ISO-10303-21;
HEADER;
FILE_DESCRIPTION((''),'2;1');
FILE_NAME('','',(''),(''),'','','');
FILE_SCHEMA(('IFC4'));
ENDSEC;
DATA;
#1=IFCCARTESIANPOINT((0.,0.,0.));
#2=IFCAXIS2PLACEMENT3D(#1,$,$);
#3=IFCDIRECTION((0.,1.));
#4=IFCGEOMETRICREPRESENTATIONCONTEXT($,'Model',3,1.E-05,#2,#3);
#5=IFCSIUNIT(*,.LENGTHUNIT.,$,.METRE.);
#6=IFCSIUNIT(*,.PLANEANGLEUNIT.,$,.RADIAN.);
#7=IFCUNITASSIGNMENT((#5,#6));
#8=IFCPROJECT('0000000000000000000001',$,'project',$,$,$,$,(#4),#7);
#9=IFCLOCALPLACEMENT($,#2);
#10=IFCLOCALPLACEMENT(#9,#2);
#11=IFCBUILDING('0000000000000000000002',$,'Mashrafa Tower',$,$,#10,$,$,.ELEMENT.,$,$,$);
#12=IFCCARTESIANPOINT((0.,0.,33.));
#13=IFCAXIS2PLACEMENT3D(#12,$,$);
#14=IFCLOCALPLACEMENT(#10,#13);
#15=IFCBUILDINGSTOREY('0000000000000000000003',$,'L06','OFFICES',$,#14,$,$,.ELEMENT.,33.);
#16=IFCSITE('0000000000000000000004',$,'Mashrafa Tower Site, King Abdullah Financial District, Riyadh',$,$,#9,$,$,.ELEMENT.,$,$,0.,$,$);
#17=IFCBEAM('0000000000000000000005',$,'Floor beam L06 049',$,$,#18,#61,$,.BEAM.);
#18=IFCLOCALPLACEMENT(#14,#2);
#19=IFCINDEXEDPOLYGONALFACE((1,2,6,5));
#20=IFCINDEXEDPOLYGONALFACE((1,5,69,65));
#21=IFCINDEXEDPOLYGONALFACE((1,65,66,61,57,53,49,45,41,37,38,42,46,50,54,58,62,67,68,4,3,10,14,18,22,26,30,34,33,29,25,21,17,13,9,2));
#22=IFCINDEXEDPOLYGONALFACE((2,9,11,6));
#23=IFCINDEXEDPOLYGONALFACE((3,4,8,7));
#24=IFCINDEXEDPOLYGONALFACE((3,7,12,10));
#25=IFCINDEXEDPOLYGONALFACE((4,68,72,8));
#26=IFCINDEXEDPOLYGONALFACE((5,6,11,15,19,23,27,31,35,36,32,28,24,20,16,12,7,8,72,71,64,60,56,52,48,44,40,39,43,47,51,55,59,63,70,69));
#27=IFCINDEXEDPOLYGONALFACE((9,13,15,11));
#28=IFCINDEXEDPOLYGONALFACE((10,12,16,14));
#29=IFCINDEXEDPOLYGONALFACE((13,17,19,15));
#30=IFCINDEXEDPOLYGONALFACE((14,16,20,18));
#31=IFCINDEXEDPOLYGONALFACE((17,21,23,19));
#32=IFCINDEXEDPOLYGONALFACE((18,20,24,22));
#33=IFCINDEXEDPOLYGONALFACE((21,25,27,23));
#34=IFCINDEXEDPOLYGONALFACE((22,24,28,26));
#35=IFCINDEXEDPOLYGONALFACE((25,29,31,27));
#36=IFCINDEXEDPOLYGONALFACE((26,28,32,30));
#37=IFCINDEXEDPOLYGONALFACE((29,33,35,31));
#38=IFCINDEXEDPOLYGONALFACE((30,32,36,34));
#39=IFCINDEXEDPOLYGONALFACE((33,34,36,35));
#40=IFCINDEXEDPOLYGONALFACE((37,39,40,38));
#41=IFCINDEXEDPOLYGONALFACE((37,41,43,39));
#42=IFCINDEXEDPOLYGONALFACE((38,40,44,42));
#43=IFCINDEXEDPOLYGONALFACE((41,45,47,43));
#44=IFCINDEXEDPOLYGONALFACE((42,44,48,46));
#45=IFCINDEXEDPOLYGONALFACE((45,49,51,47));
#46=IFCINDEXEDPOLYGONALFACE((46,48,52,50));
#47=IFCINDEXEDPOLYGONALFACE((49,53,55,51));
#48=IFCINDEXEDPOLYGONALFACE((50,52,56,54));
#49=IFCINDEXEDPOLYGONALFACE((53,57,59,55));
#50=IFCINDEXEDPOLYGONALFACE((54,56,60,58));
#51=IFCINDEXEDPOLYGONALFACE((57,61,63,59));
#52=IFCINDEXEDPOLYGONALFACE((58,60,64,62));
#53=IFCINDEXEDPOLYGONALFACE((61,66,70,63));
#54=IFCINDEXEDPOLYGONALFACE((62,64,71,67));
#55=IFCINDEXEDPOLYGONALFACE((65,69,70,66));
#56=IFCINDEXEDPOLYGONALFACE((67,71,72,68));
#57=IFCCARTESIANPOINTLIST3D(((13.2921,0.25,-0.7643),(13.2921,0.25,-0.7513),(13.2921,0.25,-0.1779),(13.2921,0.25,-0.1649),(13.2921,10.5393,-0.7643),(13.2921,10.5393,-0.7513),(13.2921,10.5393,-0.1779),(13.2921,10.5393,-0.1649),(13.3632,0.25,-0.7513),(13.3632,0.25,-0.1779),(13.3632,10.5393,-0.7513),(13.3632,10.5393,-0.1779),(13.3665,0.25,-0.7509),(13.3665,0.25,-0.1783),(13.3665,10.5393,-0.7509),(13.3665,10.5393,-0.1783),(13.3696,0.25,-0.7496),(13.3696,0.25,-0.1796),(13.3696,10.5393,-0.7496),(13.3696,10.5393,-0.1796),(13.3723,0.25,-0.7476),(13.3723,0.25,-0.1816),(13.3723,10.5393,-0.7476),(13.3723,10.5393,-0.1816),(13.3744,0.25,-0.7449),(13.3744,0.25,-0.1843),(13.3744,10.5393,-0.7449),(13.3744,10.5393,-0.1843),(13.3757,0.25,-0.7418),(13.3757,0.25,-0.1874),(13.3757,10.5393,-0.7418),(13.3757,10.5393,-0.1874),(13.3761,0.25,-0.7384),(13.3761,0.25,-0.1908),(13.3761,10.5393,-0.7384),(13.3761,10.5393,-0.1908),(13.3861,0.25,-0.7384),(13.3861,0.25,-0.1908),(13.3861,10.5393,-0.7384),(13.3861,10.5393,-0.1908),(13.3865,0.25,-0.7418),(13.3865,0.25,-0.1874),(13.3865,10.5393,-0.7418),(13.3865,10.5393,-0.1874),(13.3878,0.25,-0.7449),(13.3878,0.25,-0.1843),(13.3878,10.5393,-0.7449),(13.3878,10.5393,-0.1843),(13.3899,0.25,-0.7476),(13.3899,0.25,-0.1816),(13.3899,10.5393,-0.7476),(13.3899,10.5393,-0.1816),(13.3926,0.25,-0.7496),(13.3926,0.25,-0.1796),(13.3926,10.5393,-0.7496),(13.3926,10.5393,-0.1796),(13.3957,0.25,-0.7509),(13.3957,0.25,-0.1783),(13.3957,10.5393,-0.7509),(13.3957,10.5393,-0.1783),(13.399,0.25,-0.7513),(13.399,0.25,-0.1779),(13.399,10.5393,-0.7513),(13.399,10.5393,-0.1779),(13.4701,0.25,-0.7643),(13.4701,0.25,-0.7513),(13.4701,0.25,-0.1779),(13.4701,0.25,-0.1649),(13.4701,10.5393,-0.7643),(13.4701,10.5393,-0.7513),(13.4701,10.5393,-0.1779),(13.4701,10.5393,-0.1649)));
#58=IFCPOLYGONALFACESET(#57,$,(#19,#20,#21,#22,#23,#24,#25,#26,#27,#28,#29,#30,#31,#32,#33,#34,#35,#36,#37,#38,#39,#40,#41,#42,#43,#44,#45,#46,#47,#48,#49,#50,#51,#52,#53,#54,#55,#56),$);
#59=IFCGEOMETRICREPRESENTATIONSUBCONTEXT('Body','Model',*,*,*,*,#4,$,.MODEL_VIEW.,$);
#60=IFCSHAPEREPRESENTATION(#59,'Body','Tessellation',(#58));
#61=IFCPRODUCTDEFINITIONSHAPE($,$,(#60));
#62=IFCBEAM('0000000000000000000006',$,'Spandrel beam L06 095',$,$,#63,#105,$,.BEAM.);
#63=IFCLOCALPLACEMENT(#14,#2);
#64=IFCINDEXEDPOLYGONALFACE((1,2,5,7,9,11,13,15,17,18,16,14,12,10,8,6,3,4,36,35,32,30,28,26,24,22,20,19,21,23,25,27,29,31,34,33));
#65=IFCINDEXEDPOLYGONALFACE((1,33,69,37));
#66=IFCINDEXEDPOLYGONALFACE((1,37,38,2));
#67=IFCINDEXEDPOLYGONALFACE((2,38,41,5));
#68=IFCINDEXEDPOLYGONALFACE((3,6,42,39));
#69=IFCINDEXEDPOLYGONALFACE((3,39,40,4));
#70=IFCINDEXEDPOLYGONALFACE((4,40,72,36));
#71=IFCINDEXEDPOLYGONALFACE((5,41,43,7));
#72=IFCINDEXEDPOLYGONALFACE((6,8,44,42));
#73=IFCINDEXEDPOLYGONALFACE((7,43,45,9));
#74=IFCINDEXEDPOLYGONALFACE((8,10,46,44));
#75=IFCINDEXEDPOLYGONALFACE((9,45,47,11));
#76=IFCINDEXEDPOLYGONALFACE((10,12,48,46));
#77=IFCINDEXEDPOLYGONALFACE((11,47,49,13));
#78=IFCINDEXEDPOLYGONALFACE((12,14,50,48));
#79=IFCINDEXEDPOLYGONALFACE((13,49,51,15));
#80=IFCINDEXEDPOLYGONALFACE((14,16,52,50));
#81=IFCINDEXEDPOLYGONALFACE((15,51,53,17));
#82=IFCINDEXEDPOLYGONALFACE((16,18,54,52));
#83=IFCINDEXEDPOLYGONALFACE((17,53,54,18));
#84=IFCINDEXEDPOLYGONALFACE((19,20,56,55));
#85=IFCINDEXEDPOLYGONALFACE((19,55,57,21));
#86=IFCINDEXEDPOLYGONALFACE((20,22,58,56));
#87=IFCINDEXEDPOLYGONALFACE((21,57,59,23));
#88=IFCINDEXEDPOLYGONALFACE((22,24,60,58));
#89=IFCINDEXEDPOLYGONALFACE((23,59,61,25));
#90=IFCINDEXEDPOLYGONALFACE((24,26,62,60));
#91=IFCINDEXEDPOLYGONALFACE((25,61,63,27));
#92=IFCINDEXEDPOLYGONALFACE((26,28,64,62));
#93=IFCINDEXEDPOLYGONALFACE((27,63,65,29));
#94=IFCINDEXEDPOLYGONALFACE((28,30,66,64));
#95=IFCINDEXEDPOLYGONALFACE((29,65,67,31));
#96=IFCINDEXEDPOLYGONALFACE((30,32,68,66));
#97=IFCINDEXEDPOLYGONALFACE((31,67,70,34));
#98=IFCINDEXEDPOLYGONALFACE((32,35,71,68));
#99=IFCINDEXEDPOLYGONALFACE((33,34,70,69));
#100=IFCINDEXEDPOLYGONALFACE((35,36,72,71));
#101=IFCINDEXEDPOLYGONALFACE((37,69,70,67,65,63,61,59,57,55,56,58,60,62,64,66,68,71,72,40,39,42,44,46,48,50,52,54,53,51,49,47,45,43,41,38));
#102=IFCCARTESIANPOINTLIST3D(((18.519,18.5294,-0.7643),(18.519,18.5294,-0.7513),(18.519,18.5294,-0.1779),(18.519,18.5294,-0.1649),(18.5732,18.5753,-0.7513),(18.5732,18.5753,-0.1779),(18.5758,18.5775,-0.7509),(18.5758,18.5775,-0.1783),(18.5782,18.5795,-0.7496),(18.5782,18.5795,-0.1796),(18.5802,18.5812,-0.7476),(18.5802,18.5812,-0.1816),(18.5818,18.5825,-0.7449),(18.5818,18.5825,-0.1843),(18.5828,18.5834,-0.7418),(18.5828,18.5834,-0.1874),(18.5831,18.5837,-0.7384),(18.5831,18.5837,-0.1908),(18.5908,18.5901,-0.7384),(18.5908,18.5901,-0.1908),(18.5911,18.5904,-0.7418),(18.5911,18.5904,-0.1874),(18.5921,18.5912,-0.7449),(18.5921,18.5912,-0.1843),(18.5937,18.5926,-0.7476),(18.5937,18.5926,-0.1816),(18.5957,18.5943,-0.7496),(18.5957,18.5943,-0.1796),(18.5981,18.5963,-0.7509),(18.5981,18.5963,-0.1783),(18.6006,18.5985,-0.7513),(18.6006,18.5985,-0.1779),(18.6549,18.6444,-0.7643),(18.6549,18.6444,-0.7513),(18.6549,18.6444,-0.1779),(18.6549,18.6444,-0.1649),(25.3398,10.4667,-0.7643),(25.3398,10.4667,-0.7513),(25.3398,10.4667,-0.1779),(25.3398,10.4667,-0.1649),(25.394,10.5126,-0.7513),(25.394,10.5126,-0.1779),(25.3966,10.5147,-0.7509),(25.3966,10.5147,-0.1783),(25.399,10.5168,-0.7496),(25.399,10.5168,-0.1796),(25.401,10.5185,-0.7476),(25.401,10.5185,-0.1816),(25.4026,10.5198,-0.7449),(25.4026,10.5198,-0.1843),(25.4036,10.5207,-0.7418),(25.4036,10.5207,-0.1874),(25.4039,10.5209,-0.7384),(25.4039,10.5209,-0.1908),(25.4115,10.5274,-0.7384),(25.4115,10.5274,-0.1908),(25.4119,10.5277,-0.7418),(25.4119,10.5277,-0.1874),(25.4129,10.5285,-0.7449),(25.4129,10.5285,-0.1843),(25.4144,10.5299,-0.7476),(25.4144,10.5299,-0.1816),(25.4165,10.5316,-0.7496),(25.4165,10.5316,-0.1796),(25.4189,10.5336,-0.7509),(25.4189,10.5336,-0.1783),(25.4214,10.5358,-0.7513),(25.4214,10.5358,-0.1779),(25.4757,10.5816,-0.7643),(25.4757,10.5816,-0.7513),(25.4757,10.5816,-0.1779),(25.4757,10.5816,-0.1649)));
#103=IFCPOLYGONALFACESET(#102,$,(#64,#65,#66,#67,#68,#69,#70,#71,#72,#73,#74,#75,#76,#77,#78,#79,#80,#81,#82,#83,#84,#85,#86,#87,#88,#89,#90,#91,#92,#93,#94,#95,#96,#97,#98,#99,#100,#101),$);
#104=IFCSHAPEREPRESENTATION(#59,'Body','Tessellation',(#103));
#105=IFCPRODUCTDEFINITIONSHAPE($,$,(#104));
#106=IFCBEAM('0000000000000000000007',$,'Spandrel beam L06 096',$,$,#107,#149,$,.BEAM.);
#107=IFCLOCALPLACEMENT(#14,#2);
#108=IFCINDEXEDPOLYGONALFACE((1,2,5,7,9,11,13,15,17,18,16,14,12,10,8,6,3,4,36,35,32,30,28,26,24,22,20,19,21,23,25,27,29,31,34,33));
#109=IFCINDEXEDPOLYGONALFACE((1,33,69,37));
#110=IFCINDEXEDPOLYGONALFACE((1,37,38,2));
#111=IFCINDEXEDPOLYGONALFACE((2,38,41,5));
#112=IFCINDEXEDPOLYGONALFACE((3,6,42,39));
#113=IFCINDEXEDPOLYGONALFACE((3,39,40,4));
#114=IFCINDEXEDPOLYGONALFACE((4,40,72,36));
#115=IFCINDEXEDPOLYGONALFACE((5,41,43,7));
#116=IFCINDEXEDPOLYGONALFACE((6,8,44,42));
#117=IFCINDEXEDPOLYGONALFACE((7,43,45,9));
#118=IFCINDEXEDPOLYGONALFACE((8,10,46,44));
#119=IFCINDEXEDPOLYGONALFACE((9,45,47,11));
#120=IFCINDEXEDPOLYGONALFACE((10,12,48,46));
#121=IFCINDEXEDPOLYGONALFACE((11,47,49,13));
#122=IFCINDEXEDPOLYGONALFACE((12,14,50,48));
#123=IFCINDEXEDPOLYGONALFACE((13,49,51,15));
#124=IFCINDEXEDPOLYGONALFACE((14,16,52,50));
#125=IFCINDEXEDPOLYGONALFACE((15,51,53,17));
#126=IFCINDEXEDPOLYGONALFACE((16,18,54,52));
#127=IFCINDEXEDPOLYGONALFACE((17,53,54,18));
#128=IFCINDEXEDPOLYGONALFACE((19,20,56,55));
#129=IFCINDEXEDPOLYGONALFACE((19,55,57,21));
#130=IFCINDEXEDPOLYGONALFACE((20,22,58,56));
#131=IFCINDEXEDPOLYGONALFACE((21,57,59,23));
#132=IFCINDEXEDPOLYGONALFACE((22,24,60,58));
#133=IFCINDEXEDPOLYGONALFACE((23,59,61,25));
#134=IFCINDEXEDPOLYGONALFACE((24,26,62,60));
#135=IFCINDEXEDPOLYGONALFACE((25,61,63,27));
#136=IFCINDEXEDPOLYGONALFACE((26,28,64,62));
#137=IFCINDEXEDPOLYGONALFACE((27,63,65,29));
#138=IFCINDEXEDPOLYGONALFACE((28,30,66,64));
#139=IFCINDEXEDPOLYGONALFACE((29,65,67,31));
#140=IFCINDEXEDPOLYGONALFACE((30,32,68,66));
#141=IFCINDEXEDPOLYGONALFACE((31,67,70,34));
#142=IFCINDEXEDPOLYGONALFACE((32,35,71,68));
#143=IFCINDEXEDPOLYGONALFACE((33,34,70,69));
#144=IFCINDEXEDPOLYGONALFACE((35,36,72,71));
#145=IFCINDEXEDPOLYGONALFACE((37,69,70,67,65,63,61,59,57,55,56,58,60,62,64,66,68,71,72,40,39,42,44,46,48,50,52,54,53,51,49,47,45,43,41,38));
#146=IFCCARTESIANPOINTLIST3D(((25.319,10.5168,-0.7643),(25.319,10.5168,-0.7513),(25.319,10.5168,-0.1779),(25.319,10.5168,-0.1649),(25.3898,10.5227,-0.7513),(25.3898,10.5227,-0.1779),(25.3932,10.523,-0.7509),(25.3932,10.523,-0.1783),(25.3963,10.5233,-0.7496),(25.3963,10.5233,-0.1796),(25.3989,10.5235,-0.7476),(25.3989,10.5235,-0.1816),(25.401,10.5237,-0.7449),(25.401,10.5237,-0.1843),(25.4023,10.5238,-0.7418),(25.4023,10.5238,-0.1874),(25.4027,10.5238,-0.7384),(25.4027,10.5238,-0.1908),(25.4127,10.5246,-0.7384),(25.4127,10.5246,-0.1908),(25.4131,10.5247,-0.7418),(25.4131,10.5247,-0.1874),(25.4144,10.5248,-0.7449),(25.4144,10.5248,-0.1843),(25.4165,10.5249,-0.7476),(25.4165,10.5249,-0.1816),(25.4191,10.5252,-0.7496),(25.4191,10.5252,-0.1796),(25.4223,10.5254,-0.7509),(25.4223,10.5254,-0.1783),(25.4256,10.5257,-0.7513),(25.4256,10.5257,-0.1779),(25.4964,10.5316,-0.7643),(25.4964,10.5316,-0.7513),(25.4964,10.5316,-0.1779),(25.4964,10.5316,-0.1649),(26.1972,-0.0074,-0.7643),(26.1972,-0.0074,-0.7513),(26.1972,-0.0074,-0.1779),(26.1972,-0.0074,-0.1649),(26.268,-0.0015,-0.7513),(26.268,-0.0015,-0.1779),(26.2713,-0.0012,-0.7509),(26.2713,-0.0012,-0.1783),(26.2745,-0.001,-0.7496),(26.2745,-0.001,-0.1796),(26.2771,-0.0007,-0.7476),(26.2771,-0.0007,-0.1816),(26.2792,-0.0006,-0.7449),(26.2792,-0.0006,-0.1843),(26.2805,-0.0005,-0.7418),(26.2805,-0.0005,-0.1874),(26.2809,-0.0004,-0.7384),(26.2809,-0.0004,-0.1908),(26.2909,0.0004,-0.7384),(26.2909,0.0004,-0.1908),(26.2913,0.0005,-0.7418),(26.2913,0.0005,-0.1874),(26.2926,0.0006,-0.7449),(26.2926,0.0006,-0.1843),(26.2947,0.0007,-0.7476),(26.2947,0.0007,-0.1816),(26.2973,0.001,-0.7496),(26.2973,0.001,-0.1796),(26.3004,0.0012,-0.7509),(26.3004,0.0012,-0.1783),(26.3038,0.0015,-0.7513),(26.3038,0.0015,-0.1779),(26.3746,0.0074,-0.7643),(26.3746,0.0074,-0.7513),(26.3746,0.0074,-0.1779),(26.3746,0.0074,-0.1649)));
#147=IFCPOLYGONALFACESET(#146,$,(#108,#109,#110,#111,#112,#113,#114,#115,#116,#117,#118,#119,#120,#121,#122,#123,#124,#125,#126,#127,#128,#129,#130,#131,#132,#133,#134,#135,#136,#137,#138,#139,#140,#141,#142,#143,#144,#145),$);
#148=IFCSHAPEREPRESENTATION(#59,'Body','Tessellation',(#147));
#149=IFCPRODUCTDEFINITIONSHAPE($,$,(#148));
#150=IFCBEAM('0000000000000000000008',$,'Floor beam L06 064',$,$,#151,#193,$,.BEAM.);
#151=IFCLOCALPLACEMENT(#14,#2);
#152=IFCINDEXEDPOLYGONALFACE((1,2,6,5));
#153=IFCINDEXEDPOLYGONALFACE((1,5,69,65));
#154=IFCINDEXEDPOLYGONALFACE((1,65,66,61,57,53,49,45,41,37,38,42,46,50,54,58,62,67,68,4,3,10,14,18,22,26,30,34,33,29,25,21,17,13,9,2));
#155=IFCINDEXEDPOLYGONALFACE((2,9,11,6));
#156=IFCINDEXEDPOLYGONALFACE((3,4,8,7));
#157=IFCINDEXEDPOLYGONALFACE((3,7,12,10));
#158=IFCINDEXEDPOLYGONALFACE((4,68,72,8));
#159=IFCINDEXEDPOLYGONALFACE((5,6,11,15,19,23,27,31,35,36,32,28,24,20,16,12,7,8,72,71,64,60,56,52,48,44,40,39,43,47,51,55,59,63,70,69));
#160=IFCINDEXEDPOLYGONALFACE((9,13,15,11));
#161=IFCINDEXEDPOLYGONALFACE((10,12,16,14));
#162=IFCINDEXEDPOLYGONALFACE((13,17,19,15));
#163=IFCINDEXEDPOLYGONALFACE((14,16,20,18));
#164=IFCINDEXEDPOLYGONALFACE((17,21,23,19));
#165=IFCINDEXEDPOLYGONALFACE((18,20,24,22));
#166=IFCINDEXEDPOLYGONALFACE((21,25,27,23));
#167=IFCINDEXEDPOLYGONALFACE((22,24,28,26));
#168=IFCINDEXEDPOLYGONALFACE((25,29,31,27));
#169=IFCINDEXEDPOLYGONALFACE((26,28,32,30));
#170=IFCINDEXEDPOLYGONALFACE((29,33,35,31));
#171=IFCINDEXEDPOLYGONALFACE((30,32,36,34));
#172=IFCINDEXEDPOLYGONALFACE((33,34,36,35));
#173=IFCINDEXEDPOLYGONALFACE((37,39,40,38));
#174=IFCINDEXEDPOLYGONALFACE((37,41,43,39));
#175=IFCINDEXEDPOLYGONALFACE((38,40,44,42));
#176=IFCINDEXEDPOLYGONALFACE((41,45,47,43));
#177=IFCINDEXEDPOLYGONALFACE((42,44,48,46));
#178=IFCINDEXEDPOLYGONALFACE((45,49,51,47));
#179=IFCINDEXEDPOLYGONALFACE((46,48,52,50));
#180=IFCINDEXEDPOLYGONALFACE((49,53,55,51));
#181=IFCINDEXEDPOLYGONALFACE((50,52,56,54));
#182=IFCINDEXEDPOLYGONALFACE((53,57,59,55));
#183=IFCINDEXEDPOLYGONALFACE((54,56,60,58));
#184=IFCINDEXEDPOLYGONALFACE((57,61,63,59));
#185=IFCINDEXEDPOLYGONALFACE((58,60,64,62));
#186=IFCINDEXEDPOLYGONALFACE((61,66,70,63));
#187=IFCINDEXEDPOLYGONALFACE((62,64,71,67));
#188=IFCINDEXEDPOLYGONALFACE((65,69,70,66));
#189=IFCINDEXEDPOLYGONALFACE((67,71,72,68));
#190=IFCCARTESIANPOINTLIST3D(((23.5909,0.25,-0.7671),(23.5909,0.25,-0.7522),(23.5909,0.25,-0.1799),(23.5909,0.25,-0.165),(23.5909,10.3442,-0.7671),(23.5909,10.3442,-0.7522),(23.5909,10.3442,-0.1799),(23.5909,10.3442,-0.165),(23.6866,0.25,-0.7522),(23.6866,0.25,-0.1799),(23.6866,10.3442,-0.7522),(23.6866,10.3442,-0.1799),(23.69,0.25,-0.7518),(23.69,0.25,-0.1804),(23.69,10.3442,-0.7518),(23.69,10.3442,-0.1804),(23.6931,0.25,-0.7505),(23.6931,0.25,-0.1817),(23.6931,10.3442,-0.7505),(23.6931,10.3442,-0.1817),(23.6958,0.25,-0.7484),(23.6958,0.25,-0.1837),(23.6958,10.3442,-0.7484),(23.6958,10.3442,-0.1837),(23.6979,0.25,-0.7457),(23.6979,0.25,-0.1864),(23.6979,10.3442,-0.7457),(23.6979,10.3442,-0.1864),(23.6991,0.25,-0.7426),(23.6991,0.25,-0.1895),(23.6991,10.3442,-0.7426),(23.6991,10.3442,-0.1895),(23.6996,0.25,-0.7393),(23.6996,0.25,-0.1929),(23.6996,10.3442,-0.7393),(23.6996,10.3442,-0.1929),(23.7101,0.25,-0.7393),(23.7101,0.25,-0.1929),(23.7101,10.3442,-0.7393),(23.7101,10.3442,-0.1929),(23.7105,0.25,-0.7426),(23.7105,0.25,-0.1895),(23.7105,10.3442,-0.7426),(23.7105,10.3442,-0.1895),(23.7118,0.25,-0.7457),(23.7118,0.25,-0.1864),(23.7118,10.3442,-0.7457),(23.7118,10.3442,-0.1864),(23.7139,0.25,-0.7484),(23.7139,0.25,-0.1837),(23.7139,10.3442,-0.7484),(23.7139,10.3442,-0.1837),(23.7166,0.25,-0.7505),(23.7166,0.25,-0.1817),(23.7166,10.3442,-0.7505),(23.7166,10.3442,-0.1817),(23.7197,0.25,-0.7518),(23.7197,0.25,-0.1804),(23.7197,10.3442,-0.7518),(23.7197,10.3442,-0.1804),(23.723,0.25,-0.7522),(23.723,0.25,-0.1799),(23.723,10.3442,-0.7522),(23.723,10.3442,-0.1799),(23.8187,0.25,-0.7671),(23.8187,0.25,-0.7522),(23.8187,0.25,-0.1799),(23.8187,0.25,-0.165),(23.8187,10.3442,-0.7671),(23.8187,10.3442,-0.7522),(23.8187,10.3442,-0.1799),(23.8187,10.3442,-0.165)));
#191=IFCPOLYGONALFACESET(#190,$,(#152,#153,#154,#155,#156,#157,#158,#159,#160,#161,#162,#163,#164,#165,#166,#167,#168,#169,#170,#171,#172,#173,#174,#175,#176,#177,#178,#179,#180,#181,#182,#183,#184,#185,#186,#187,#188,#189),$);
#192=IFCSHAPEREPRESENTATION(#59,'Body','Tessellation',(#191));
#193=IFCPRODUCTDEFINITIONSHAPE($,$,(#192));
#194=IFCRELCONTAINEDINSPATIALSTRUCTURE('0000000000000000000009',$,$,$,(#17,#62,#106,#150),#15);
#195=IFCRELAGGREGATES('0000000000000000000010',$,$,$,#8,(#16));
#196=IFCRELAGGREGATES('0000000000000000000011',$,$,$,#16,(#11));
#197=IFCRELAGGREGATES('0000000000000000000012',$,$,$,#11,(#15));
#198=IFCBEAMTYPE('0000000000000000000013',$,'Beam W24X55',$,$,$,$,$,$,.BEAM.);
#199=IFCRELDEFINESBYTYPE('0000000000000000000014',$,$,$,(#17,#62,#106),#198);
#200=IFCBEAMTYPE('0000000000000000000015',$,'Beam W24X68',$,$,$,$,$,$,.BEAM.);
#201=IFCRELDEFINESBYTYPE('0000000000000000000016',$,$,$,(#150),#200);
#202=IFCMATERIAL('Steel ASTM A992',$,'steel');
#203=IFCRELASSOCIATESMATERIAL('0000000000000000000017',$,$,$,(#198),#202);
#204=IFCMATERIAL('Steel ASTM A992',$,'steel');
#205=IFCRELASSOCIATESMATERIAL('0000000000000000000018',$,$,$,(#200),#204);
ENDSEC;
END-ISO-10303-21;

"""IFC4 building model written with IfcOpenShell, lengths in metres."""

from ifc_helpers import new_model, si_unit, direction, frame, origin, origin_2d, place, context, subcontext, project, spatial, i_section, extrude, material, material_profile, profile_set, type_object, element, save


model = new_model("IFC4")

# Units and contexts
model_context = context("Model", 3, precision=1e-05, world=origin(), true_north=direction((0.0, 1.0)))
body_context = subcontext(model_context, "Body", "Model", "MODEL_VIEW")
ifc_project = project(units=[si_unit("LENGTHUNIT", "METRE"), si_unit("PLANEANGLEUNIT", "RADIAN")], contexts=[model_context])

# Site, building, storey
site_placement = place(None, origin())
site = spatial("IfcSite", under=ifc_project, at=site_placement, Name="Mashrafa Tower Site, King Abdullah Financial District, Riyadh", CompositionType="ELEMENT", RefElevation=0.0)
building_placement = place(site_placement, origin())
building = spatial("IfcBuilding", under=site, at=building_placement, Name="Mashrafa Tower", CompositionType="ELEMENT")
storey_placement = place(building_placement, frame((0.0, 0.0, 33.0)))
storey = spatial("IfcBuildingStorey", under=building, at=storey_placement, Name="L06", Description="OFFICES", CompositionType="ELEMENT", Elevation=33.0)

# Beams
ifc_material_1 = material(Name="Steel ASTM A992", Category="steel")
ifc_material_profile_1 = material_profile(ifc_material_1, i_section(OverallWidth=0.178, OverallDepth=0.5994, WebThickness=0.01, FlangeThickness=0.0129, FilletRadius=0.0129, at=origin_2d()), Name="W24X55")
ifc_profile_set_1 = profile_set([ifc_material_profile_1], Name="Steel ASTM A992")
beam_type_1 = type_object("IfcBeamType", Name="Beam W24X55", PredefinedType="BEAM", material=ifc_profile_set_1)
beam_1_placement = place(storey_placement, frame((13.3811, 10.5393, -0.4646), z_axis=(0.0, -1.0, 0.0), x_axis=(1.0, 0.0, 0.0)))
element("IfcBeam", 1, at=beam_1_placement, inside=storey, type_object=beam_type_1, Name="Floor beam L06 049", PredefinedType="BEAM", context=body_context, shape_type="SweptSolid", body=[
    extrude(i_section(OverallWidth=0.178, OverallDepth=0.5994, WebThickness=0.01, FlangeThickness=0.0129, FilletRadius=0.0129, at=origin_2d()), origin(), (0.0, 0.0, 1.0), 10.2893),
])
for number, where, z_axis, x_axis, name in (
    (2, (25.4077, 10.5242, -0.4646), (-0.645858, 0.763457, 0.0), (-0.763457, -0.645858, 0.0), "Spandrel beam L06 095"),
    (3, (26.2859, 0.0, -0.4646), (-0.083155, 0.996537, 0.0), (-0.996537, -0.083155, 0.0), "Spandrel beam L06 096"),
):
    element("IfcBeam", number, at=place(storey_placement, frame(where, z_axis=z_axis, x_axis=x_axis)), inside=storey, type_object=beam_type_1, Name=name, PredefinedType="BEAM", context=body_context, shape_type="SweptSolid", body=[
        extrude(i_section(OverallWidth=0.178, OverallDepth=0.5994, WebThickness=0.01, FlangeThickness=0.0129, FilletRadius=0.0129, at=origin_2d()), origin(), (0.0, 0.0, 1.0), 10.5608),
    ])
ifc_material_2 = material(Name="Steel ASTM A992", Category="steel")
ifc_material_profile_2 = material_profile(ifc_material_2, i_section(OverallWidth=0.2278, OverallDepth=0.6021, WebThickness=0.0105, FlangeThickness=0.0149, FilletRadius=0.0129, at=origin_2d()), Name="W24X68")
ifc_profile_set_2 = profile_set([ifc_material_profile_2], Name="Steel ASTM A992")
beam_type_2 = type_object("IfcBeamType", Name="Beam W24X68", PredefinedType="BEAM", material=ifc_profile_set_2)
beam_2_placement = place(storey_placement, frame((23.7048, 10.3442, -0.4661), z_axis=(0.0, -1.0, 0.0), x_axis=(1.0, 0.0, 0.0)))
element("IfcBeam", 4, at=beam_2_placement, inside=storey, type_object=beam_type_2, Name="Floor beam L06 064", PredefinedType="BEAM", context=body_context, shape_type="SweptSolid", body=[
    extrude(i_section(OverallWidth=0.2278, OverallDepth=0.6021, WebThickness=0.0105, FlangeThickness=0.0149, FilletRadius=0.0129, at=origin_2d()), origin(), (0.0, 0.0, 1.0), 10.0942),
])

save(model, "model.ifc")
